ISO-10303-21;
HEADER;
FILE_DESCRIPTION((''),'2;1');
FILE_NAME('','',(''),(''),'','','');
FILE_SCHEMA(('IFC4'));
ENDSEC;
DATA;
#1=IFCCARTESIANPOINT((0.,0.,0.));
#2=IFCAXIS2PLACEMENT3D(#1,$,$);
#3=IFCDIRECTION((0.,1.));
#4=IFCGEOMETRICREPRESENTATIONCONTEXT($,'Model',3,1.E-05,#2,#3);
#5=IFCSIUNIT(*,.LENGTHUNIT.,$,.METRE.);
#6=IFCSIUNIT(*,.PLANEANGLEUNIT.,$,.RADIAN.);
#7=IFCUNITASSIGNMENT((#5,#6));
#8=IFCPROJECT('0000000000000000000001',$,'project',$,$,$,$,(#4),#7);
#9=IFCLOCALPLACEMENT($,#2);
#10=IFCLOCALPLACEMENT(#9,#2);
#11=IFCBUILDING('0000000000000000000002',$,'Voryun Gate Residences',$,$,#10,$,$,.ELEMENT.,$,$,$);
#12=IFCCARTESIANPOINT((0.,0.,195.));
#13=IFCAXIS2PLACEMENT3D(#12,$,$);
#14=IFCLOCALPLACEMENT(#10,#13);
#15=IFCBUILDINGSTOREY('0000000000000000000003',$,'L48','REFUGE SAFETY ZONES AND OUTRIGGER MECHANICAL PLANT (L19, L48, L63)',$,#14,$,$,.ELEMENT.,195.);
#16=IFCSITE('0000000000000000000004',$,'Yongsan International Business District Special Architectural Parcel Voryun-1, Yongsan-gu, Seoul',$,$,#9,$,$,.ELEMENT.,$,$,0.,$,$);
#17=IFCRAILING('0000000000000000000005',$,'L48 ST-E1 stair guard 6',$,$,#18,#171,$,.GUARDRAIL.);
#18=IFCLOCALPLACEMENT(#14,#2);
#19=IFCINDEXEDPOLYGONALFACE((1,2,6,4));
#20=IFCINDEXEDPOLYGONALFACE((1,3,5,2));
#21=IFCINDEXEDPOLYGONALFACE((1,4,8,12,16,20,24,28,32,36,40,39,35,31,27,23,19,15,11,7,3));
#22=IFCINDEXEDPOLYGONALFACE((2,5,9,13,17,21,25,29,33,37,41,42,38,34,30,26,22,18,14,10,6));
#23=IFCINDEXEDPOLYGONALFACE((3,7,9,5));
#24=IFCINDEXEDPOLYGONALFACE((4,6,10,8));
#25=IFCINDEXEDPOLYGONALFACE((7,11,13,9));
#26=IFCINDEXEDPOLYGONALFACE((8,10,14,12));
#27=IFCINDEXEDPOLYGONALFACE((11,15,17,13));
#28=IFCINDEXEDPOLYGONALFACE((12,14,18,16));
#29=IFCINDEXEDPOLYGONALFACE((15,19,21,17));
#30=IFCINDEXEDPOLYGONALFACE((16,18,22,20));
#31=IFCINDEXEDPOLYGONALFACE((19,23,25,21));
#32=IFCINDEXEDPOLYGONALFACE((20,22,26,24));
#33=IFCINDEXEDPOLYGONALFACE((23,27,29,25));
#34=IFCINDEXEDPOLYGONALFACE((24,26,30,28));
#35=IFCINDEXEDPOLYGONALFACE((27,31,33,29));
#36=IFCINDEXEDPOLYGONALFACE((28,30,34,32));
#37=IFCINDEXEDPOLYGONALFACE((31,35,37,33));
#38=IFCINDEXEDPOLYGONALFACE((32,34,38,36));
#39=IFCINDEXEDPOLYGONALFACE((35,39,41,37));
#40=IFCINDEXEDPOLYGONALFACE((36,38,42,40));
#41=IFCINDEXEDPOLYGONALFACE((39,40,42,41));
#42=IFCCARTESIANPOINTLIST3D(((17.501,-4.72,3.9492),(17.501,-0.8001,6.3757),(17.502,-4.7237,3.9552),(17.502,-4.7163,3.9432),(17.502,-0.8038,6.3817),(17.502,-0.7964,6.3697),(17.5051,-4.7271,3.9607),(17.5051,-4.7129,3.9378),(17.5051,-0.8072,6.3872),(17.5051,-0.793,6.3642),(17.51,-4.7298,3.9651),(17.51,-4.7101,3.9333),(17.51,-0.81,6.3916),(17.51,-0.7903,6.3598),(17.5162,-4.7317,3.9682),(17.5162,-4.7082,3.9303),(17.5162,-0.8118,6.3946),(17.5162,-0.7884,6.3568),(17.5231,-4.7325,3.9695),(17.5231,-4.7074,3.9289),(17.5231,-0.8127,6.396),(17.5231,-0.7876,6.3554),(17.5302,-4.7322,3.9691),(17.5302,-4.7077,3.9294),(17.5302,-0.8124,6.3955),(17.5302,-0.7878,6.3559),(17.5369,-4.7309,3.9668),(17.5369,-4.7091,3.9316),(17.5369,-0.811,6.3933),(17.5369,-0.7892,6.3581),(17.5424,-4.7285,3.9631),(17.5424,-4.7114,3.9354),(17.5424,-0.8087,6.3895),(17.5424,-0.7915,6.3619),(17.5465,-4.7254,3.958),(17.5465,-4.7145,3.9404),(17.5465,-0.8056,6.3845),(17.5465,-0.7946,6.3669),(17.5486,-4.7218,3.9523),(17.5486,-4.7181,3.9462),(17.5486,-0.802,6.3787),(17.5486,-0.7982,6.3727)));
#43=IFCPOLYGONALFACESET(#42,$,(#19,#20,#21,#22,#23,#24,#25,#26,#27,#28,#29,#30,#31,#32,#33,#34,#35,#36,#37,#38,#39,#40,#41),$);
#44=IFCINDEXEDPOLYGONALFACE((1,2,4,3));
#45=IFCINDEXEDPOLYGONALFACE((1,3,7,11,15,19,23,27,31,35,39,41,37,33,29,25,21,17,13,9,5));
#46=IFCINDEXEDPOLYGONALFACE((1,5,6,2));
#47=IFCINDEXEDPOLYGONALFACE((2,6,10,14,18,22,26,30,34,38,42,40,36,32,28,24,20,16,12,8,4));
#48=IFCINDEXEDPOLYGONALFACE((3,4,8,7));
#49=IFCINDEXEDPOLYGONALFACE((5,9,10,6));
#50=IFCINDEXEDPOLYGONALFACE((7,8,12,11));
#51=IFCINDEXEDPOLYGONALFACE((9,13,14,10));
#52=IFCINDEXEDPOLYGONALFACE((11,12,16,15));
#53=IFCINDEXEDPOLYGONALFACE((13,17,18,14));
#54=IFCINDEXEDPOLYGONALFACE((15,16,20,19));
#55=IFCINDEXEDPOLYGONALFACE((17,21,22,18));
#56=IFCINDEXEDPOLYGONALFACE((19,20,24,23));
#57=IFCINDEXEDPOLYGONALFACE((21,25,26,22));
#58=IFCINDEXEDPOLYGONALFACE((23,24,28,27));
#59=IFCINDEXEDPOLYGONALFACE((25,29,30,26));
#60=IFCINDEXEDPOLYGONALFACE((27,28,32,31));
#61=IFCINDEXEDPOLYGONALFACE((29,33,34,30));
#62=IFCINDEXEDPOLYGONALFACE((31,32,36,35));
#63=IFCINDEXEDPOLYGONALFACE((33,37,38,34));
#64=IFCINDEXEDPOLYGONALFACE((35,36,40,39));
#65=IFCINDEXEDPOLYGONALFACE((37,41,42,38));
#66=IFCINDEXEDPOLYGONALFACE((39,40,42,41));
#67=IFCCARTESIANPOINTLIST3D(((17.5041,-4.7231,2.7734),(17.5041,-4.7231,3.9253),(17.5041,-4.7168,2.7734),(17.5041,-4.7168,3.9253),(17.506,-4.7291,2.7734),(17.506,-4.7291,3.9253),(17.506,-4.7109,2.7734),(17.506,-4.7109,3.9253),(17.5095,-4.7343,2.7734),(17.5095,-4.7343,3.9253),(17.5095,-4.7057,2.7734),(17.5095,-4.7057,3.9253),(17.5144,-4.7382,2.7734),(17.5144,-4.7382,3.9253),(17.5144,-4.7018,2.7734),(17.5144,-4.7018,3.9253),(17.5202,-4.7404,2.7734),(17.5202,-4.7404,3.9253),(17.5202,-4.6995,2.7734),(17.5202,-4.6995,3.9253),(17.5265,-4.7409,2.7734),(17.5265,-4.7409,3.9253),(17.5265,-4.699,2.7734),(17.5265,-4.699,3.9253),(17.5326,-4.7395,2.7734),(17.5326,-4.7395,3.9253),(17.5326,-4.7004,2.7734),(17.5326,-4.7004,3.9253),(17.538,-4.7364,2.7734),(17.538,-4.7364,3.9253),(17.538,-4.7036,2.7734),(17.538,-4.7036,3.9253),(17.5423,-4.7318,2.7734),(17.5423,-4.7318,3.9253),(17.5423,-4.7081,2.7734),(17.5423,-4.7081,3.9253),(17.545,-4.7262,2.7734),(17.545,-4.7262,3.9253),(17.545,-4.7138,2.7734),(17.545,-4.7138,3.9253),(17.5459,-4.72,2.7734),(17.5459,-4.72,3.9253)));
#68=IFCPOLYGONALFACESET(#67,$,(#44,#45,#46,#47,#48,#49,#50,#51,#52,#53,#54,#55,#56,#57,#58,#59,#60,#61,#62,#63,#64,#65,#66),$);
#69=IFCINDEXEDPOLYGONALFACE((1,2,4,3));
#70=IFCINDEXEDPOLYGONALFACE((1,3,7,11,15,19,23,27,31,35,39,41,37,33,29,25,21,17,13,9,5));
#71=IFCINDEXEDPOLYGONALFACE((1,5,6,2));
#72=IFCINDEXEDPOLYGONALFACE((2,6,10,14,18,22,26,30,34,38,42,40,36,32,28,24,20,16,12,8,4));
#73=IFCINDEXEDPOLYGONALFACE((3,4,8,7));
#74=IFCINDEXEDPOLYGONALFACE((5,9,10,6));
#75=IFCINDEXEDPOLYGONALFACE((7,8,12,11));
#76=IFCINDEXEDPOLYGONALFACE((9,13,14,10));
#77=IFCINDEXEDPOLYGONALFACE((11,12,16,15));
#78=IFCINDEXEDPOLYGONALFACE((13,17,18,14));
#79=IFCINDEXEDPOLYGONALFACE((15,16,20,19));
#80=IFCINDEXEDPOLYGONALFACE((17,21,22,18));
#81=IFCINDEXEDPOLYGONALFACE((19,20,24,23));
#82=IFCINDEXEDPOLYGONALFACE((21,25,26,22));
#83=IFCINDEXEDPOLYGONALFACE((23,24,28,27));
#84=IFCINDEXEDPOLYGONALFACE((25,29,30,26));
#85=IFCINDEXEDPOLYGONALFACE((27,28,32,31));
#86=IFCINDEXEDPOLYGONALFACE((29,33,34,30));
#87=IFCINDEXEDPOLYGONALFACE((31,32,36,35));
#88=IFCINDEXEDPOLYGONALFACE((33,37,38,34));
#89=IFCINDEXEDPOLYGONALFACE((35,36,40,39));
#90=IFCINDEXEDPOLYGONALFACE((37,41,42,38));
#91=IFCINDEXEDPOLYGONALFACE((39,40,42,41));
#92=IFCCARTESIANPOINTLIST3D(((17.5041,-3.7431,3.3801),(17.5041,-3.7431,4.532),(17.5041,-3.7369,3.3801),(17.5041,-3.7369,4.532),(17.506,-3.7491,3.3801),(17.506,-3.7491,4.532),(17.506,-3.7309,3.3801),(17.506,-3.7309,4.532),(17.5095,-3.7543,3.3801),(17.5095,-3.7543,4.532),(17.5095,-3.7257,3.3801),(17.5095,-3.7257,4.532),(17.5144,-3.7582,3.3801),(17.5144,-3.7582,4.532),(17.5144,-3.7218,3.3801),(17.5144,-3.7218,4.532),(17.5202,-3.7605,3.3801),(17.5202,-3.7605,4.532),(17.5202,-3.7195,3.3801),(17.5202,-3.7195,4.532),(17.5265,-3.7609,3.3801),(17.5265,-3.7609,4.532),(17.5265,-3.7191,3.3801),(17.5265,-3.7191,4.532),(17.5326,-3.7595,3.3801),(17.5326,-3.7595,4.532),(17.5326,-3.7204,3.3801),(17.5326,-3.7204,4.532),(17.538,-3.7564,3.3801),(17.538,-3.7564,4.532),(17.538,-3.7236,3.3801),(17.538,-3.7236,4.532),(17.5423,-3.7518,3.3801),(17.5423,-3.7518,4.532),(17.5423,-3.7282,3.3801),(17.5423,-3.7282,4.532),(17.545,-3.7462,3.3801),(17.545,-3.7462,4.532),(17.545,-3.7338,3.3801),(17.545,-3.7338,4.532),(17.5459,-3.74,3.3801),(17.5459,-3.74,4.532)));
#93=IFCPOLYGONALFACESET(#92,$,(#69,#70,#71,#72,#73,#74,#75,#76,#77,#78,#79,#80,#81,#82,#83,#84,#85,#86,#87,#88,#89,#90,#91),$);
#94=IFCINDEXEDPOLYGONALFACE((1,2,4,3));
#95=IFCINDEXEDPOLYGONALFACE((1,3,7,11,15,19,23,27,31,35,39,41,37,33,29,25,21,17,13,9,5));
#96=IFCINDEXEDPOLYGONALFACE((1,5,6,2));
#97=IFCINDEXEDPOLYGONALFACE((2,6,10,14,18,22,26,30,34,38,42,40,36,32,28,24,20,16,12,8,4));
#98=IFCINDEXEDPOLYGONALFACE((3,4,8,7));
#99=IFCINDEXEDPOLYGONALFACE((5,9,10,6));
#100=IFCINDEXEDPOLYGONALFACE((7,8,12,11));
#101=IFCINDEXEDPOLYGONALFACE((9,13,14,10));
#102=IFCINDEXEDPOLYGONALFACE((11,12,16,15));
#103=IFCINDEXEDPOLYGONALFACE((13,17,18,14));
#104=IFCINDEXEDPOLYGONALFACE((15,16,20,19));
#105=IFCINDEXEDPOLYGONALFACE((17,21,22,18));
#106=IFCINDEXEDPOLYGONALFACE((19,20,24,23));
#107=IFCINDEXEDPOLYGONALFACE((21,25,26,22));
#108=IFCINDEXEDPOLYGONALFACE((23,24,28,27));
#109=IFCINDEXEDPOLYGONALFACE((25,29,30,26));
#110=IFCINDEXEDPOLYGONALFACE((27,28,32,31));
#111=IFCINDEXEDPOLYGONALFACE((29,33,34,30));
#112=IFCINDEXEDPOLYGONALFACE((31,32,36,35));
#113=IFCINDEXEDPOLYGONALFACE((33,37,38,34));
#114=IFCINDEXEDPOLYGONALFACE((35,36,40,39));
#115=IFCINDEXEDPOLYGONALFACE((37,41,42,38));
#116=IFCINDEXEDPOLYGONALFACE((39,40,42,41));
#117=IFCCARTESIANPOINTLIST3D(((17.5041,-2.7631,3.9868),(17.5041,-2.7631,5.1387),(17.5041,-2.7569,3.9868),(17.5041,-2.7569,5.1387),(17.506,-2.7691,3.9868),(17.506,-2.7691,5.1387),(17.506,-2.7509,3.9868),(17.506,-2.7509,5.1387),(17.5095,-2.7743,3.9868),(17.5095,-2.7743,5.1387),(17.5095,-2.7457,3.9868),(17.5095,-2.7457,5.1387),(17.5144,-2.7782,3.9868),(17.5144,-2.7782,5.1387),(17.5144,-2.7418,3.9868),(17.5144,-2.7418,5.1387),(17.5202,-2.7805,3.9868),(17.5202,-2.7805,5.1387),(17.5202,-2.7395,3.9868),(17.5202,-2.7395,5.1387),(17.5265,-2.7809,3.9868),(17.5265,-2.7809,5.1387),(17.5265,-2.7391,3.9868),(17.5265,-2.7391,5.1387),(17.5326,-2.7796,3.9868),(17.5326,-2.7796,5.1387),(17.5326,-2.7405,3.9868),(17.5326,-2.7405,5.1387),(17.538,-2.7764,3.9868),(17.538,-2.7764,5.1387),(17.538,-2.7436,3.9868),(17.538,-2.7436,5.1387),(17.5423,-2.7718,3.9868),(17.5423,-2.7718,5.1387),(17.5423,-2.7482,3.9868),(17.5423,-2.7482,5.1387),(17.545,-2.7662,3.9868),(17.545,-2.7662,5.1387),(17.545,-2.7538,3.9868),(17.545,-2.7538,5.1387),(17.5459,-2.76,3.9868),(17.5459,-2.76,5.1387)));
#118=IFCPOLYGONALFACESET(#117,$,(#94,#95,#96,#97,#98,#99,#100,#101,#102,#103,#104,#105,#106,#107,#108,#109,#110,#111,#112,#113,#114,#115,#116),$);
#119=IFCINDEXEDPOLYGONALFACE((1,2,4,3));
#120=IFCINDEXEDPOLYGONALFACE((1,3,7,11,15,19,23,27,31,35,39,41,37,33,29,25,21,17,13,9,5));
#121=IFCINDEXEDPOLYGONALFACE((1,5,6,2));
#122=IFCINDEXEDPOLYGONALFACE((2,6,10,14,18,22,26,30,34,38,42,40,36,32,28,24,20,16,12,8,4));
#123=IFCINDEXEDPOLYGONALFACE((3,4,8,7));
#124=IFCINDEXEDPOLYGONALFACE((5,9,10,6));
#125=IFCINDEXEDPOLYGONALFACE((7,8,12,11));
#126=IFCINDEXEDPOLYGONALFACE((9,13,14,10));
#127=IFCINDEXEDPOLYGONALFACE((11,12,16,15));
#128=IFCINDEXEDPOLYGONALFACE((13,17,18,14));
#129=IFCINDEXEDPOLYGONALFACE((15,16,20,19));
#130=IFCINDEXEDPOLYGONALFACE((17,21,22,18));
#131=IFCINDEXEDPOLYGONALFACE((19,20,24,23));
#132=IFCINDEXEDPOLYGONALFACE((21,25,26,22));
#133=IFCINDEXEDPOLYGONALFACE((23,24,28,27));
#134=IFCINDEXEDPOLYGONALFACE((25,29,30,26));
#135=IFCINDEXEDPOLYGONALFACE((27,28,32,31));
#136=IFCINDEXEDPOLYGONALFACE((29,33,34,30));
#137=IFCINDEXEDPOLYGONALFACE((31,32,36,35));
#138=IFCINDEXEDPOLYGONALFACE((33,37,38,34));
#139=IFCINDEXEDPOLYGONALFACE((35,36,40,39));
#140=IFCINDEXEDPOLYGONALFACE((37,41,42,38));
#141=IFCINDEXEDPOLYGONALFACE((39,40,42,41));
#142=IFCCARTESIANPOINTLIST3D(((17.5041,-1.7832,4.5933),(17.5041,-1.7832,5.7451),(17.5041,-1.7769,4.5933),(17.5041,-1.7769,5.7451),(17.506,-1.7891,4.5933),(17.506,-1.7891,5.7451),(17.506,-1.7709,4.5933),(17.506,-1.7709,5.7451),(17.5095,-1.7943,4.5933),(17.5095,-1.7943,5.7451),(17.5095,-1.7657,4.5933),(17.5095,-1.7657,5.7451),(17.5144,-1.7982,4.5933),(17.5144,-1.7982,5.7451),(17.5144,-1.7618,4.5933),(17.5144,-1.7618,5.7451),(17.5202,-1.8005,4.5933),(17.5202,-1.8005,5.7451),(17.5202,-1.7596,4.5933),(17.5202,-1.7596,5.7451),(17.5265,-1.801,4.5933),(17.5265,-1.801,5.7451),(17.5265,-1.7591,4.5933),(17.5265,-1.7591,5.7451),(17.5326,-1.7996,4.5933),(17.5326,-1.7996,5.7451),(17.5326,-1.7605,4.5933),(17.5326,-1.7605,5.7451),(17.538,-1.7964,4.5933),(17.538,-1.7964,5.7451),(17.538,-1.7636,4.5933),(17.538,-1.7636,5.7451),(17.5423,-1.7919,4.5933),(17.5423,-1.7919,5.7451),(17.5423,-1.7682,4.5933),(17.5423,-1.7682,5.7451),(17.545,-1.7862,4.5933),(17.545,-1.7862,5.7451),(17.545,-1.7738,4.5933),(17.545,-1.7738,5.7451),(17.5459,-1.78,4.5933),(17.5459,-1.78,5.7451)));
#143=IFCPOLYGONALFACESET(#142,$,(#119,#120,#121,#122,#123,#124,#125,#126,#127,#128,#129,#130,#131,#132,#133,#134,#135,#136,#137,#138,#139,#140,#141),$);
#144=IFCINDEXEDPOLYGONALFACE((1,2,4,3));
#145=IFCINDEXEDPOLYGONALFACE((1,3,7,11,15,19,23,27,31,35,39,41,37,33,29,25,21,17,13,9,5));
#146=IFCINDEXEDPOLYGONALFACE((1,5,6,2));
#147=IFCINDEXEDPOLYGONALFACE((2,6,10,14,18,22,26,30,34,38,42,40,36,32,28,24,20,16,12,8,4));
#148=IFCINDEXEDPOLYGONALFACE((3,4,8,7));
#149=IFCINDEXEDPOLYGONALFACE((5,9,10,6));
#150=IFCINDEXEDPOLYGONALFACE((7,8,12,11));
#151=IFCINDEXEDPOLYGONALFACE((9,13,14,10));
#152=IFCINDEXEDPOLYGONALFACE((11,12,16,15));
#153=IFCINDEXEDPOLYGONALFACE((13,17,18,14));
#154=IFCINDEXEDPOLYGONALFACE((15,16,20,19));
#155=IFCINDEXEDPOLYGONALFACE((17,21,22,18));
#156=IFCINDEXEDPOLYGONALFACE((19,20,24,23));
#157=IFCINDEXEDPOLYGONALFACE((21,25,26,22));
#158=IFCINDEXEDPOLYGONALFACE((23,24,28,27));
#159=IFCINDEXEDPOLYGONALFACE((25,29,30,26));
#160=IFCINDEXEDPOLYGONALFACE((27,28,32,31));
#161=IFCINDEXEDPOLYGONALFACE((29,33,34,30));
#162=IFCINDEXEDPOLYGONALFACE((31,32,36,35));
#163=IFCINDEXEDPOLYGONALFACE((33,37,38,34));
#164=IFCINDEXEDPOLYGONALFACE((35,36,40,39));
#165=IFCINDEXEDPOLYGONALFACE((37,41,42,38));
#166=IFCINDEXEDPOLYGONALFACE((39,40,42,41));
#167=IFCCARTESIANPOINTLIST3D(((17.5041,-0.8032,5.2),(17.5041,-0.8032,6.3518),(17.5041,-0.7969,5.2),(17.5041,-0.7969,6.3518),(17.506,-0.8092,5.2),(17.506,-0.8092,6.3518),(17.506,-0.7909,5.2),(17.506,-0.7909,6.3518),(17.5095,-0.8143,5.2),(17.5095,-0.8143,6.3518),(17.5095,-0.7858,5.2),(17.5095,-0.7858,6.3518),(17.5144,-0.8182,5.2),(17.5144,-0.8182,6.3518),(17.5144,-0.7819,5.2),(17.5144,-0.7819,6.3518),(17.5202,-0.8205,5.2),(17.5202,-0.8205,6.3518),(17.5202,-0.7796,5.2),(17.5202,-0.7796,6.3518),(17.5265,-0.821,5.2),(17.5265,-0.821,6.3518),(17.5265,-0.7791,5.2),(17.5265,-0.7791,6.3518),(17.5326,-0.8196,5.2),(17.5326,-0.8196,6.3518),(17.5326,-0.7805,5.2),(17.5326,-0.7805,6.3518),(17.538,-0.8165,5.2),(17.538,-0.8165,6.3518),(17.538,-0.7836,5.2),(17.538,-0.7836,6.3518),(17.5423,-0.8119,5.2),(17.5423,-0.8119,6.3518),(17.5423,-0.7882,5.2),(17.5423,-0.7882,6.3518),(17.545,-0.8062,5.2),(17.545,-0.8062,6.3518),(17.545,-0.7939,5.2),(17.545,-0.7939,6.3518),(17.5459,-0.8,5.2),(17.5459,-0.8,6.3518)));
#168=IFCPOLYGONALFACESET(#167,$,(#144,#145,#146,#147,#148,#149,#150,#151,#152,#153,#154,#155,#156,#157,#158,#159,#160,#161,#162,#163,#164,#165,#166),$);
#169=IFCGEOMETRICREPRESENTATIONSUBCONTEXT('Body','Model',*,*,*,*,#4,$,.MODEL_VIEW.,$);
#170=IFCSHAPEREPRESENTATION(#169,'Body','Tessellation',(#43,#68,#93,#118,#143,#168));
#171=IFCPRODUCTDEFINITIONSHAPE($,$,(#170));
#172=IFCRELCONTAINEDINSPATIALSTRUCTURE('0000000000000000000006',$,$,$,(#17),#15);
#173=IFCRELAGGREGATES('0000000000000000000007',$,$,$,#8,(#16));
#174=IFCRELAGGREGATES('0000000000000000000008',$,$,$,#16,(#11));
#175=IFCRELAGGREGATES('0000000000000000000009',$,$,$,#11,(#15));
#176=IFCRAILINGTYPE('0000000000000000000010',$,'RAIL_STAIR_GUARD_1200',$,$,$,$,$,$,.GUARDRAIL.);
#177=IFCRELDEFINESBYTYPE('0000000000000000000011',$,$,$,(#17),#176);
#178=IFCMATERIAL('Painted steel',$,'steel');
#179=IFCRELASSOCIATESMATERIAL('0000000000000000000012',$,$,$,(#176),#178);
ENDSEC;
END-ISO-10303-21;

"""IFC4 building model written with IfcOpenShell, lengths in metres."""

from ifc_helpers import new_model, si_unit, direction, frame, origin, origin_2d, place, context, subcontext, project, spatial, circle, extrude, material, type_object, element, save


model = new_model("IFC4")

# Units and contexts
model_context = context("Model", 3, precision=1e-05, world=origin(), true_north=direction((0.0, 1.0)))
body_context = subcontext(model_context, "Body", "Model", "MODEL_VIEW")
ifc_project = project(units=[si_unit("LENGTHUNIT", "METRE"), si_unit("PLANEANGLEUNIT", "RADIAN")], contexts=[model_context])

# Site, building, storey
site_placement = place(None, origin())
site = spatial("IfcSite", under=ifc_project, at=site_placement, Name="Yongsan International Business District Special Architectural Parcel Voryun-1, Yongsan-gu, Seoul", CompositionType="ELEMENT", RefElevation=0.0)
building_placement = place(site_placement, origin())
building = spatial("IfcBuilding", under=site, at=building_placement, Name="Voryun Gate Residences", CompositionType="ELEMENT")
storey_placement = place(building_placement, frame((0.0, 0.0, 195.0)))
storey = spatial("IfcBuildingStorey", under=building, at=storey_placement, Name="L48", Description="REFUGE SAFETY ZONES AND OUTRIGGER MECHANICAL PLANT (L19, L48, L63)", CompositionType="ELEMENT", Elevation=195.0)

# Railing
ifc_material_1 = material(Name="Painted steel", Category="steel")
railing_type_1 = type_object("IfcRailingType", Name="RAIL_STAIR_GUARD_1200", PredefinedType="GUARDRAIL", material=ifc_material_1)
railing_1_placement = place(storey_placement, frame((17.5249, -4.72, 2.7734)))
element("IfcRailing", 1, at=railing_1_placement, inside=storey, type_object=railing_type_1, Name="L48 ST-E1 stair guard 6", PredefinedType="GUARDRAIL", context=body_context, shape_type="SweptSolid", body=[
    extrude(circle(Radius=0.0239, at=origin_2d()), frame((0.0, 0.0, 1.1758), z_axis=(0.0, 0.850275, 0.526338), x_axis=(-1.0, 0.0, 0.0)), (0.0, 0.0, 1.0), 4.6101),
    extrude(circle(Radius=0.021, at=origin_2d()), origin(), (0.0, 0.0, 1.0), 1.1519),
    extrude(circle(Radius=0.021, at=origin_2d()), frame((0.0, 0.98, 0.6067)), (0.0, 0.0, 1.0), 1.1519),
    extrude(circle(Radius=0.021, at=origin_2d()), frame((0.0, 1.96, 1.2134)), (0.0, 0.0, 1.0), 1.1519),
    extrude(circle(Radius=0.021, at=origin_2d()), frame((0.0, 2.9399, 1.8198)), (0.0, 0.0, 1.0), 1.1519),
    extrude(circle(Radius=0.021, at=origin_2d()), frame((0.0, 3.9199, 2.4265)), (0.0, 0.0, 1.0), 1.1519),
])

save(model, "model.ifc")
